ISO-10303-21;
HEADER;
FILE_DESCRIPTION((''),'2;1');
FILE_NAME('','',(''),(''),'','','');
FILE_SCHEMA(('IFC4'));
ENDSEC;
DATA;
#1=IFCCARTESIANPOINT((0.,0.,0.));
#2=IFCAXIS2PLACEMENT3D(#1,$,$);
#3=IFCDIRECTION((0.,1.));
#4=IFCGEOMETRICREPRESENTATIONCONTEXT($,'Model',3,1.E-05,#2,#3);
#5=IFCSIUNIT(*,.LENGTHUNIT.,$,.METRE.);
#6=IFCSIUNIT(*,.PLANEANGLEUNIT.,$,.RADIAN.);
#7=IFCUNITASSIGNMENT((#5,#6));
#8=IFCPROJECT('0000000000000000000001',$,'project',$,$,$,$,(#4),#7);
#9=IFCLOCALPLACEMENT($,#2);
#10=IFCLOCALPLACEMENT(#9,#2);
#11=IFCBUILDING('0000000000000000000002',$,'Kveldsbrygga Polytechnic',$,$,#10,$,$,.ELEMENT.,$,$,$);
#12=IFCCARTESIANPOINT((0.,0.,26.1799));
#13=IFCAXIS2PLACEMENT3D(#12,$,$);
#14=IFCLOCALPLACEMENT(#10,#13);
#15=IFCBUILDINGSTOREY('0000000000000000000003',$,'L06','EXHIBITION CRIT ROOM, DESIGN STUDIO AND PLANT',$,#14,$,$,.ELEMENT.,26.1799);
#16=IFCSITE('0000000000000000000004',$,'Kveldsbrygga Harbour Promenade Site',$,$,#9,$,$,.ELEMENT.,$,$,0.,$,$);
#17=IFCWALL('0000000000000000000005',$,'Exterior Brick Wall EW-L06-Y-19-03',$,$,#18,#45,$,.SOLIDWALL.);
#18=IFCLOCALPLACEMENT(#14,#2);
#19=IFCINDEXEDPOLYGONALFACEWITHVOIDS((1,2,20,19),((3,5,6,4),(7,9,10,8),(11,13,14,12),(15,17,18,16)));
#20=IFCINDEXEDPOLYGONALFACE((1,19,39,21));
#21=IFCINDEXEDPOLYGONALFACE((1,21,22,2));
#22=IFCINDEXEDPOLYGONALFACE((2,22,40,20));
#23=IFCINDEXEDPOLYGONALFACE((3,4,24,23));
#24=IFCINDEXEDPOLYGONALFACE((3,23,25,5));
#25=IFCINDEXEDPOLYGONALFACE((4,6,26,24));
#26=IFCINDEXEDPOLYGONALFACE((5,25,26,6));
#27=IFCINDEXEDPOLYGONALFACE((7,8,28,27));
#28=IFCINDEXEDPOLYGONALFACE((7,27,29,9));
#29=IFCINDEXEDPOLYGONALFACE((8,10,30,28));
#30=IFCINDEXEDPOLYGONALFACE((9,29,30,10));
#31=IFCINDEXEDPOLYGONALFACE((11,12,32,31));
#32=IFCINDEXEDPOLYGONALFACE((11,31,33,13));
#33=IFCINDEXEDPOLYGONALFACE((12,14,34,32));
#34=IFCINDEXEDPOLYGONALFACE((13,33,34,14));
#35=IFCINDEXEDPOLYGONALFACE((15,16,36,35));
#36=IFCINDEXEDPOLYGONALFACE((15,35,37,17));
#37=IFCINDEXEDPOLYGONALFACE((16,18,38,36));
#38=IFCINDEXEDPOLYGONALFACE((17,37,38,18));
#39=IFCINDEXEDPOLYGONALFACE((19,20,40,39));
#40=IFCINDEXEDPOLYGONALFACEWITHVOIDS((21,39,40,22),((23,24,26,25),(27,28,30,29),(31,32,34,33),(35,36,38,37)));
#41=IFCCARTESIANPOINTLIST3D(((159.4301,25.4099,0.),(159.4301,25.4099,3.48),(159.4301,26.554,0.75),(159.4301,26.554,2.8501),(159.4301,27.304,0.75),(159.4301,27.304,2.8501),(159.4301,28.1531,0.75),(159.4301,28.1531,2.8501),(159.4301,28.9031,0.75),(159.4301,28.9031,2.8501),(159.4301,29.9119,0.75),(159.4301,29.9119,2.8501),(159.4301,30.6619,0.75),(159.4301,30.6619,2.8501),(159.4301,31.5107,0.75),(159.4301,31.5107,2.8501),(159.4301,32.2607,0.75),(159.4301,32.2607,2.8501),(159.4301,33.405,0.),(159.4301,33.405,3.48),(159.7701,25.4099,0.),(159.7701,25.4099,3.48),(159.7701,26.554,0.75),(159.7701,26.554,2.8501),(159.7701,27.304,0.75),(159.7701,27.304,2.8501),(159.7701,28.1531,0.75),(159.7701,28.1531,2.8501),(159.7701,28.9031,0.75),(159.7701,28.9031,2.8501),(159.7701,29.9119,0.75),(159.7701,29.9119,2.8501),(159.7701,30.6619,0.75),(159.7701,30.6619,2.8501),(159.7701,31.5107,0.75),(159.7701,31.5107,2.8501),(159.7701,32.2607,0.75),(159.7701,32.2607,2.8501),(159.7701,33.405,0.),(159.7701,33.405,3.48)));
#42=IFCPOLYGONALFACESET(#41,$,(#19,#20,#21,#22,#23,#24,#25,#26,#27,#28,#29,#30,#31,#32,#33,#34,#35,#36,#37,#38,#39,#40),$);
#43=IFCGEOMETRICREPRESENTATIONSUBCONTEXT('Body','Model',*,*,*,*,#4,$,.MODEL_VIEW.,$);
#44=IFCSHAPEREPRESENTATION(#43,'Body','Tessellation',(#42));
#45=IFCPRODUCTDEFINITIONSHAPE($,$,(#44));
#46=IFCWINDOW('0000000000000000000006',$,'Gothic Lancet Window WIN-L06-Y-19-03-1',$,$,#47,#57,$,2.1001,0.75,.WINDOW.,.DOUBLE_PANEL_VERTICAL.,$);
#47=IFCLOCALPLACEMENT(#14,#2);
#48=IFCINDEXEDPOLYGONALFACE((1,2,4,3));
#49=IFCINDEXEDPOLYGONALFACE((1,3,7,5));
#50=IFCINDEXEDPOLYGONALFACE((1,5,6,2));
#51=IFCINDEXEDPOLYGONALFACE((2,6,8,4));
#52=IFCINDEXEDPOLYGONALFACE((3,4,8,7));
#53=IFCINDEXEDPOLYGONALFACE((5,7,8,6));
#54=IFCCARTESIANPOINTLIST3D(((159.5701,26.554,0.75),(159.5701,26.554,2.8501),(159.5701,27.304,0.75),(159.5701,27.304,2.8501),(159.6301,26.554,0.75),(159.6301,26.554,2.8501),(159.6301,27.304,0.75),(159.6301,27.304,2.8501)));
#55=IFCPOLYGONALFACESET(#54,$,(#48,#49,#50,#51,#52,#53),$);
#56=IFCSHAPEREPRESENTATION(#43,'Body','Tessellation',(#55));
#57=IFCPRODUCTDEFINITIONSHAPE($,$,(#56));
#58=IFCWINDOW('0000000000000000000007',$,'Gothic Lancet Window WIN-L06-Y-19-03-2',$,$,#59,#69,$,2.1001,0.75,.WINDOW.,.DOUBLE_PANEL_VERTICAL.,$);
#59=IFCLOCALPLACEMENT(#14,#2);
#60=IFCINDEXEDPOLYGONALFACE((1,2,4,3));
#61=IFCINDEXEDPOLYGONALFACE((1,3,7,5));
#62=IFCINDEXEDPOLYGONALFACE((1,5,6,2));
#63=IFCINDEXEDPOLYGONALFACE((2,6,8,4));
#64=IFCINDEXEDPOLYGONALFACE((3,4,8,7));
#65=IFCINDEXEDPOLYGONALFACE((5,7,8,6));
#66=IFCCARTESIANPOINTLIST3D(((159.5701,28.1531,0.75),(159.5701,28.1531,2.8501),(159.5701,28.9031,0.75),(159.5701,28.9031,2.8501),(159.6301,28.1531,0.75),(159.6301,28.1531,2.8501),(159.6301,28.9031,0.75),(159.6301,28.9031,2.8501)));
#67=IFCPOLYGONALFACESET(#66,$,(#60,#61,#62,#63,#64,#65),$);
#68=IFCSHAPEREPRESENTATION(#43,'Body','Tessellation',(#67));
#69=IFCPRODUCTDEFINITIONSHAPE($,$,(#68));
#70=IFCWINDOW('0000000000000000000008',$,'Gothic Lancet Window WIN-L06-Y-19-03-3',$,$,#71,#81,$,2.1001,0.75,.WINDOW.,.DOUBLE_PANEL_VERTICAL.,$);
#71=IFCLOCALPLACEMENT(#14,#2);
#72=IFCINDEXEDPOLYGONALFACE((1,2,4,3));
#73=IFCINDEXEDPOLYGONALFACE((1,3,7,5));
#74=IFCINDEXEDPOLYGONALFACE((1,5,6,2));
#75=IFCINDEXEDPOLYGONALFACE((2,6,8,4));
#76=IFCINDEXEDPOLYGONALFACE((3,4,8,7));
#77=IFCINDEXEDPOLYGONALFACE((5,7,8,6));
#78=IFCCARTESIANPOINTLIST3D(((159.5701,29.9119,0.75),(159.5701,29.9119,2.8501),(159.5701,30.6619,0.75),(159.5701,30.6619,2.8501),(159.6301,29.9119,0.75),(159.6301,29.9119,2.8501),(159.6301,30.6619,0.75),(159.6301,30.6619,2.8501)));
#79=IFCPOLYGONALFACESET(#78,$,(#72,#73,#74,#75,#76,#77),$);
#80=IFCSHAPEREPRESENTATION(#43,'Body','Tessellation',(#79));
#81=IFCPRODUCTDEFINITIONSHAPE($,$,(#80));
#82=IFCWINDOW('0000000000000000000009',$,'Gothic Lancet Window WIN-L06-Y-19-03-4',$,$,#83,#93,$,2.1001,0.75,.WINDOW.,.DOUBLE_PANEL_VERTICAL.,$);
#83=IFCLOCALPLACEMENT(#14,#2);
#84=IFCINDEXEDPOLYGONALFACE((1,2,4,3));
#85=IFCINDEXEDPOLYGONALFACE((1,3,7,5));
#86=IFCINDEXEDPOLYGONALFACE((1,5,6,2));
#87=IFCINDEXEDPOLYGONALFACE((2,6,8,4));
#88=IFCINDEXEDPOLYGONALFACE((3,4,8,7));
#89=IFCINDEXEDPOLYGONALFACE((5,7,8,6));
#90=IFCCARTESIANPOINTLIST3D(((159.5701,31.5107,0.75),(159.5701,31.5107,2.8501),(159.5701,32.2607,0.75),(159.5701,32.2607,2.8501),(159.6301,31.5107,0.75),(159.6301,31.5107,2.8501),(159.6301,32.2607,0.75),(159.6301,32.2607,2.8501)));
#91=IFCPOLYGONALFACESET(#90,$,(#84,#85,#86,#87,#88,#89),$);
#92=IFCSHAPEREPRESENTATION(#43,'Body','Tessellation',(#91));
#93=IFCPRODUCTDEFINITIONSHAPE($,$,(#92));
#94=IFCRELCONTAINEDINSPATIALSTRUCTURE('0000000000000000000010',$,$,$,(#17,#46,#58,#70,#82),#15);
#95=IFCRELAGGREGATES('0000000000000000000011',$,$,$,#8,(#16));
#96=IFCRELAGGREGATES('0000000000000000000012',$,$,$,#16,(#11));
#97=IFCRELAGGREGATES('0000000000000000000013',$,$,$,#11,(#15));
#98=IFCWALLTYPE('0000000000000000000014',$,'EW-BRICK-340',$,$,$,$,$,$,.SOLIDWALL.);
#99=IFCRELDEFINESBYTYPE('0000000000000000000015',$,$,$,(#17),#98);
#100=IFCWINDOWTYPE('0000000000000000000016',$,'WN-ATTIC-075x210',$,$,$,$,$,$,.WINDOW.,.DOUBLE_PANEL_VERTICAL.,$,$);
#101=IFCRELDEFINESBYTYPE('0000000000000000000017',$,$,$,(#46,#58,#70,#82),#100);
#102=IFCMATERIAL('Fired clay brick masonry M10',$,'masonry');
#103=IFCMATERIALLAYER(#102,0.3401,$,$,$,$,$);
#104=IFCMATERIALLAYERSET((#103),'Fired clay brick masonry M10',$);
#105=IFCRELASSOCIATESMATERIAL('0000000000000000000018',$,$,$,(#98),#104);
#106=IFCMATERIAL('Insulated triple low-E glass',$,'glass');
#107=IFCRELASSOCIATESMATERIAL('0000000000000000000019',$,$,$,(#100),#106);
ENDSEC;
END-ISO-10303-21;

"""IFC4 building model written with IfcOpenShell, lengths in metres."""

from ifc_helpers import new_model, si_unit, direction, frame, frame_2d, origin, place, context, subcontext, project, spatial, rectangle, extrude, material, layer, layer_set, type_object, element, fill, save


model = new_model("IFC4")

# Units and contexts
model_context = context("Model", 3, precision=1e-05, world=origin(), true_north=direction((0.0, 1.0)))
body_context = subcontext(model_context, "Body", "Model", "MODEL_VIEW")
ifc_project = project(units=[si_unit("LENGTHUNIT", "METRE"), si_unit("PLANEANGLEUNIT", "RADIAN")], contexts=[model_context])

# Site, building, storey
site_placement = place(None, origin())
site = spatial("IfcSite", under=ifc_project, at=site_placement, Name="Kveldsbrygga Harbour Promenade Site", CompositionType="ELEMENT", RefElevation=0.0)
building_placement = place(site_placement, origin())
building = spatial("IfcBuilding", under=site, at=building_placement, Name="Kveldsbrygga Polytechnic", CompositionType="ELEMENT")
storey_placement = place(building_placement, frame((0.0, 0.0, 26.1799)))
storey = spatial("IfcBuildingStorey", under=building, at=storey_placement, Name="L06", Description="EXHIBITION CRIT ROOM, DESIGN STUDIO AND PLANT", CompositionType="ELEMENT", Elevation=26.1799)

# Wall, openings, windows
ifc_material_1 = material(Name="Fired clay brick masonry M10", Category="masonry")
ifc_layer_1 = layer(ifc_material_1, 0.3401)
ifc_layer_set_1 = layer_set([ifc_layer_1], Name="Fired clay brick masonry M10")
wall_type = type_object("IfcWallType", Name="EW-BRICK-340", PredefinedType="SOLIDWALL", material=ifc_layer_set_1)
wall_placement = place(storey_placement, frame((159.6001, 25.4099, 0.0), z_axis=(0.0, 0.0, 1.0), x_axis=(0.0, 1.0, 0.0)))
wall = element("IfcWall", 1, at=wall_placement, inside=storey, type_object=wall_type, Name="Exterior Brick Wall EW-L06-Y-19-03", PredefinedType="SOLIDWALL", context=body_context, shape_type="SweptSolid", body=[
    extrude(rectangle(XDim=7.9951, YDim=0.3401, at=frame_2d((3.9976, 0.0))), origin(), (0.0, 0.0, 1.0), 3.48),
])
opening_1_placement = place(wall_placement, frame((1.144, 0.0, 0.75)))
opening_1 = element("IfcOpeningElement", 2, at=opening_1_placement, cuts=wall, PredefinedType="OPENING", context=body_context, shape_type="SweptSolid", body=[
    extrude(rectangle(XDim=0.75, YDim=2.1001, at=frame_2d((0.375, 1.05))), frame((0.0, 0.1802, 0.0), z_axis=(0.0, -1.0, 0.0), x_axis=(1.0, 0.0, 0.0)), (0.0, 0.0, 1.0), 0.3601),
])
opening_2_placement = place(wall_placement, frame((2.7432, 0.0, 0.75)))
opening_2 = element("IfcOpeningElement", 3, at=opening_2_placement, cuts=wall, PredefinedType="OPENING", context=body_context, shape_type="SweptSolid", body=[
    extrude(rectangle(XDim=0.75, YDim=2.1001, at=frame_2d((0.375, 1.05))), frame((0.0, 0.1802, 0.0), z_axis=(0.0, -1.0, 0.0), x_axis=(1.0, 0.0, 0.0)), (0.0, 0.0, 1.0), 0.3601),
])
opening_3_placement = place(wall_placement, frame((4.502, 0.0, 0.75)))
opening_3 = element("IfcOpeningElement", 4, at=opening_3_placement, cuts=wall, PredefinedType="OPENING", context=body_context, shape_type="SweptSolid", body=[
    extrude(rectangle(XDim=0.75, YDim=2.1001, at=frame_2d((0.375, 1.05))), frame((0.0, 0.1802, 0.0), z_axis=(0.0, -1.0, 0.0), x_axis=(1.0, 0.0, 0.0)), (0.0, 0.0, 1.0), 0.3601),
])
opening_4_placement = place(wall_placement, frame((6.1008, 0.0, 0.75)))
opening_4 = element("IfcOpeningElement", 5, at=opening_4_placement, cuts=wall, PredefinedType="OPENING", context=body_context, shape_type="SweptSolid", body=[
    extrude(rectangle(XDim=0.75, YDim=2.1001, at=frame_2d((0.375, 1.05))), frame((0.0, 0.1802, 0.0), z_axis=(0.0, -1.0, 0.0), x_axis=(1.0, 0.0, 0.0)), (0.0, 0.0, 1.0), 0.3601),
])
ifc_material_2 = material(Name="Insulated triple low-E glass", Category="glass")
window_type = type_object("IfcWindowType", Name="WN-ATTIC-075x210", PartitioningType="DOUBLE_PANEL_VERTICAL", PredefinedType="WINDOW", material=ifc_material_2)
window_1_placement = place(opening_1_placement, origin())
window_1 = element("IfcWindow", 6, at=window_1_placement, inside=storey, type_object=window_type, Name="Gothic Lancet Window WIN-L06-Y-19-03-1", OverallHeight=2.1001, OverallWidth=0.75, PartitioningType="DOUBLE_PANEL_VERTICAL", PredefinedType="WINDOW", context=body_context, shape_type="SweptSolid", body=[
    extrude(rectangle(XDim=0.75, YDim=2.1001, at=frame_2d((0.375, 1.05))), frame((0.0, 0.03, 0.0), z_axis=(0.0, -1.0, 0.0), x_axis=(1.0, 0.0, 0.0)), (0.0, 0.0, 1.0), 0.0601),
])
fill(opening_1, window_1)
window_2_placement = place(opening_2_placement, origin())
window_2 = element("IfcWindow", 7, at=window_2_placement, inside=storey, type_object=window_type, Name="Gothic Lancet Window WIN-L06-Y-19-03-2", OverallHeight=2.1001, OverallWidth=0.75, PartitioningType="DOUBLE_PANEL_VERTICAL", PredefinedType="WINDOW", context=body_context, shape_type="SweptSolid", body=[
    extrude(rectangle(XDim=0.75, YDim=2.1001, at=frame_2d((0.375, 1.05))), frame((0.0, 0.03, 0.0), z_axis=(0.0, -1.0, 0.0), x_axis=(1.0, 0.0, 0.0)), (0.0, 0.0, 1.0), 0.0601),
])
fill(opening_2, window_2)
window_3_placement = place(opening_3_placement, origin())
window_3 = element("IfcWindow", 8, at=window_3_placement, inside=storey, type_object=window_type, Name="Gothic Lancet Window WIN-L06-Y-19-03-3", OverallHeight=2.1001, OverallWidth=0.75, PartitioningType="DOUBLE_PANEL_VERTICAL", PredefinedType="WINDOW", context=body_context, shape_type="SweptSolid", body=[
    extrude(rectangle(XDim=0.75, YDim=2.1001, at=frame_2d((0.375, 1.05))), frame((0.0, 0.03, 0.0), z_axis=(0.0, -1.0, 0.0), x_axis=(1.0, 0.0, 0.0)), (0.0, 0.0, 1.0), 0.0601),
])
fill(opening_3, window_3)
window_4_placement = place(opening_4_placement, origin())
window_4 = element("IfcWindow", 9, at=window_4_placement, inside=storey, type_object=window_type, Name="Gothic Lancet Window WIN-L06-Y-19-03-4", OverallHeight=2.1001, OverallWidth=0.75, PartitioningType="DOUBLE_PANEL_VERTICAL", PredefinedType="WINDOW", context=body_context, shape_type="SweptSolid", body=[
    extrude(rectangle(XDim=0.75, YDim=2.1001, at=frame_2d((0.375, 1.05))), frame((0.0, 0.03, 0.0), z_axis=(0.0, -1.0, 0.0), x_axis=(1.0, 0.0, 0.0)), (0.0, 0.0, 1.0), 0.0601),
])
fill(opening_4, window_4)

save(model, "model.ifc")
